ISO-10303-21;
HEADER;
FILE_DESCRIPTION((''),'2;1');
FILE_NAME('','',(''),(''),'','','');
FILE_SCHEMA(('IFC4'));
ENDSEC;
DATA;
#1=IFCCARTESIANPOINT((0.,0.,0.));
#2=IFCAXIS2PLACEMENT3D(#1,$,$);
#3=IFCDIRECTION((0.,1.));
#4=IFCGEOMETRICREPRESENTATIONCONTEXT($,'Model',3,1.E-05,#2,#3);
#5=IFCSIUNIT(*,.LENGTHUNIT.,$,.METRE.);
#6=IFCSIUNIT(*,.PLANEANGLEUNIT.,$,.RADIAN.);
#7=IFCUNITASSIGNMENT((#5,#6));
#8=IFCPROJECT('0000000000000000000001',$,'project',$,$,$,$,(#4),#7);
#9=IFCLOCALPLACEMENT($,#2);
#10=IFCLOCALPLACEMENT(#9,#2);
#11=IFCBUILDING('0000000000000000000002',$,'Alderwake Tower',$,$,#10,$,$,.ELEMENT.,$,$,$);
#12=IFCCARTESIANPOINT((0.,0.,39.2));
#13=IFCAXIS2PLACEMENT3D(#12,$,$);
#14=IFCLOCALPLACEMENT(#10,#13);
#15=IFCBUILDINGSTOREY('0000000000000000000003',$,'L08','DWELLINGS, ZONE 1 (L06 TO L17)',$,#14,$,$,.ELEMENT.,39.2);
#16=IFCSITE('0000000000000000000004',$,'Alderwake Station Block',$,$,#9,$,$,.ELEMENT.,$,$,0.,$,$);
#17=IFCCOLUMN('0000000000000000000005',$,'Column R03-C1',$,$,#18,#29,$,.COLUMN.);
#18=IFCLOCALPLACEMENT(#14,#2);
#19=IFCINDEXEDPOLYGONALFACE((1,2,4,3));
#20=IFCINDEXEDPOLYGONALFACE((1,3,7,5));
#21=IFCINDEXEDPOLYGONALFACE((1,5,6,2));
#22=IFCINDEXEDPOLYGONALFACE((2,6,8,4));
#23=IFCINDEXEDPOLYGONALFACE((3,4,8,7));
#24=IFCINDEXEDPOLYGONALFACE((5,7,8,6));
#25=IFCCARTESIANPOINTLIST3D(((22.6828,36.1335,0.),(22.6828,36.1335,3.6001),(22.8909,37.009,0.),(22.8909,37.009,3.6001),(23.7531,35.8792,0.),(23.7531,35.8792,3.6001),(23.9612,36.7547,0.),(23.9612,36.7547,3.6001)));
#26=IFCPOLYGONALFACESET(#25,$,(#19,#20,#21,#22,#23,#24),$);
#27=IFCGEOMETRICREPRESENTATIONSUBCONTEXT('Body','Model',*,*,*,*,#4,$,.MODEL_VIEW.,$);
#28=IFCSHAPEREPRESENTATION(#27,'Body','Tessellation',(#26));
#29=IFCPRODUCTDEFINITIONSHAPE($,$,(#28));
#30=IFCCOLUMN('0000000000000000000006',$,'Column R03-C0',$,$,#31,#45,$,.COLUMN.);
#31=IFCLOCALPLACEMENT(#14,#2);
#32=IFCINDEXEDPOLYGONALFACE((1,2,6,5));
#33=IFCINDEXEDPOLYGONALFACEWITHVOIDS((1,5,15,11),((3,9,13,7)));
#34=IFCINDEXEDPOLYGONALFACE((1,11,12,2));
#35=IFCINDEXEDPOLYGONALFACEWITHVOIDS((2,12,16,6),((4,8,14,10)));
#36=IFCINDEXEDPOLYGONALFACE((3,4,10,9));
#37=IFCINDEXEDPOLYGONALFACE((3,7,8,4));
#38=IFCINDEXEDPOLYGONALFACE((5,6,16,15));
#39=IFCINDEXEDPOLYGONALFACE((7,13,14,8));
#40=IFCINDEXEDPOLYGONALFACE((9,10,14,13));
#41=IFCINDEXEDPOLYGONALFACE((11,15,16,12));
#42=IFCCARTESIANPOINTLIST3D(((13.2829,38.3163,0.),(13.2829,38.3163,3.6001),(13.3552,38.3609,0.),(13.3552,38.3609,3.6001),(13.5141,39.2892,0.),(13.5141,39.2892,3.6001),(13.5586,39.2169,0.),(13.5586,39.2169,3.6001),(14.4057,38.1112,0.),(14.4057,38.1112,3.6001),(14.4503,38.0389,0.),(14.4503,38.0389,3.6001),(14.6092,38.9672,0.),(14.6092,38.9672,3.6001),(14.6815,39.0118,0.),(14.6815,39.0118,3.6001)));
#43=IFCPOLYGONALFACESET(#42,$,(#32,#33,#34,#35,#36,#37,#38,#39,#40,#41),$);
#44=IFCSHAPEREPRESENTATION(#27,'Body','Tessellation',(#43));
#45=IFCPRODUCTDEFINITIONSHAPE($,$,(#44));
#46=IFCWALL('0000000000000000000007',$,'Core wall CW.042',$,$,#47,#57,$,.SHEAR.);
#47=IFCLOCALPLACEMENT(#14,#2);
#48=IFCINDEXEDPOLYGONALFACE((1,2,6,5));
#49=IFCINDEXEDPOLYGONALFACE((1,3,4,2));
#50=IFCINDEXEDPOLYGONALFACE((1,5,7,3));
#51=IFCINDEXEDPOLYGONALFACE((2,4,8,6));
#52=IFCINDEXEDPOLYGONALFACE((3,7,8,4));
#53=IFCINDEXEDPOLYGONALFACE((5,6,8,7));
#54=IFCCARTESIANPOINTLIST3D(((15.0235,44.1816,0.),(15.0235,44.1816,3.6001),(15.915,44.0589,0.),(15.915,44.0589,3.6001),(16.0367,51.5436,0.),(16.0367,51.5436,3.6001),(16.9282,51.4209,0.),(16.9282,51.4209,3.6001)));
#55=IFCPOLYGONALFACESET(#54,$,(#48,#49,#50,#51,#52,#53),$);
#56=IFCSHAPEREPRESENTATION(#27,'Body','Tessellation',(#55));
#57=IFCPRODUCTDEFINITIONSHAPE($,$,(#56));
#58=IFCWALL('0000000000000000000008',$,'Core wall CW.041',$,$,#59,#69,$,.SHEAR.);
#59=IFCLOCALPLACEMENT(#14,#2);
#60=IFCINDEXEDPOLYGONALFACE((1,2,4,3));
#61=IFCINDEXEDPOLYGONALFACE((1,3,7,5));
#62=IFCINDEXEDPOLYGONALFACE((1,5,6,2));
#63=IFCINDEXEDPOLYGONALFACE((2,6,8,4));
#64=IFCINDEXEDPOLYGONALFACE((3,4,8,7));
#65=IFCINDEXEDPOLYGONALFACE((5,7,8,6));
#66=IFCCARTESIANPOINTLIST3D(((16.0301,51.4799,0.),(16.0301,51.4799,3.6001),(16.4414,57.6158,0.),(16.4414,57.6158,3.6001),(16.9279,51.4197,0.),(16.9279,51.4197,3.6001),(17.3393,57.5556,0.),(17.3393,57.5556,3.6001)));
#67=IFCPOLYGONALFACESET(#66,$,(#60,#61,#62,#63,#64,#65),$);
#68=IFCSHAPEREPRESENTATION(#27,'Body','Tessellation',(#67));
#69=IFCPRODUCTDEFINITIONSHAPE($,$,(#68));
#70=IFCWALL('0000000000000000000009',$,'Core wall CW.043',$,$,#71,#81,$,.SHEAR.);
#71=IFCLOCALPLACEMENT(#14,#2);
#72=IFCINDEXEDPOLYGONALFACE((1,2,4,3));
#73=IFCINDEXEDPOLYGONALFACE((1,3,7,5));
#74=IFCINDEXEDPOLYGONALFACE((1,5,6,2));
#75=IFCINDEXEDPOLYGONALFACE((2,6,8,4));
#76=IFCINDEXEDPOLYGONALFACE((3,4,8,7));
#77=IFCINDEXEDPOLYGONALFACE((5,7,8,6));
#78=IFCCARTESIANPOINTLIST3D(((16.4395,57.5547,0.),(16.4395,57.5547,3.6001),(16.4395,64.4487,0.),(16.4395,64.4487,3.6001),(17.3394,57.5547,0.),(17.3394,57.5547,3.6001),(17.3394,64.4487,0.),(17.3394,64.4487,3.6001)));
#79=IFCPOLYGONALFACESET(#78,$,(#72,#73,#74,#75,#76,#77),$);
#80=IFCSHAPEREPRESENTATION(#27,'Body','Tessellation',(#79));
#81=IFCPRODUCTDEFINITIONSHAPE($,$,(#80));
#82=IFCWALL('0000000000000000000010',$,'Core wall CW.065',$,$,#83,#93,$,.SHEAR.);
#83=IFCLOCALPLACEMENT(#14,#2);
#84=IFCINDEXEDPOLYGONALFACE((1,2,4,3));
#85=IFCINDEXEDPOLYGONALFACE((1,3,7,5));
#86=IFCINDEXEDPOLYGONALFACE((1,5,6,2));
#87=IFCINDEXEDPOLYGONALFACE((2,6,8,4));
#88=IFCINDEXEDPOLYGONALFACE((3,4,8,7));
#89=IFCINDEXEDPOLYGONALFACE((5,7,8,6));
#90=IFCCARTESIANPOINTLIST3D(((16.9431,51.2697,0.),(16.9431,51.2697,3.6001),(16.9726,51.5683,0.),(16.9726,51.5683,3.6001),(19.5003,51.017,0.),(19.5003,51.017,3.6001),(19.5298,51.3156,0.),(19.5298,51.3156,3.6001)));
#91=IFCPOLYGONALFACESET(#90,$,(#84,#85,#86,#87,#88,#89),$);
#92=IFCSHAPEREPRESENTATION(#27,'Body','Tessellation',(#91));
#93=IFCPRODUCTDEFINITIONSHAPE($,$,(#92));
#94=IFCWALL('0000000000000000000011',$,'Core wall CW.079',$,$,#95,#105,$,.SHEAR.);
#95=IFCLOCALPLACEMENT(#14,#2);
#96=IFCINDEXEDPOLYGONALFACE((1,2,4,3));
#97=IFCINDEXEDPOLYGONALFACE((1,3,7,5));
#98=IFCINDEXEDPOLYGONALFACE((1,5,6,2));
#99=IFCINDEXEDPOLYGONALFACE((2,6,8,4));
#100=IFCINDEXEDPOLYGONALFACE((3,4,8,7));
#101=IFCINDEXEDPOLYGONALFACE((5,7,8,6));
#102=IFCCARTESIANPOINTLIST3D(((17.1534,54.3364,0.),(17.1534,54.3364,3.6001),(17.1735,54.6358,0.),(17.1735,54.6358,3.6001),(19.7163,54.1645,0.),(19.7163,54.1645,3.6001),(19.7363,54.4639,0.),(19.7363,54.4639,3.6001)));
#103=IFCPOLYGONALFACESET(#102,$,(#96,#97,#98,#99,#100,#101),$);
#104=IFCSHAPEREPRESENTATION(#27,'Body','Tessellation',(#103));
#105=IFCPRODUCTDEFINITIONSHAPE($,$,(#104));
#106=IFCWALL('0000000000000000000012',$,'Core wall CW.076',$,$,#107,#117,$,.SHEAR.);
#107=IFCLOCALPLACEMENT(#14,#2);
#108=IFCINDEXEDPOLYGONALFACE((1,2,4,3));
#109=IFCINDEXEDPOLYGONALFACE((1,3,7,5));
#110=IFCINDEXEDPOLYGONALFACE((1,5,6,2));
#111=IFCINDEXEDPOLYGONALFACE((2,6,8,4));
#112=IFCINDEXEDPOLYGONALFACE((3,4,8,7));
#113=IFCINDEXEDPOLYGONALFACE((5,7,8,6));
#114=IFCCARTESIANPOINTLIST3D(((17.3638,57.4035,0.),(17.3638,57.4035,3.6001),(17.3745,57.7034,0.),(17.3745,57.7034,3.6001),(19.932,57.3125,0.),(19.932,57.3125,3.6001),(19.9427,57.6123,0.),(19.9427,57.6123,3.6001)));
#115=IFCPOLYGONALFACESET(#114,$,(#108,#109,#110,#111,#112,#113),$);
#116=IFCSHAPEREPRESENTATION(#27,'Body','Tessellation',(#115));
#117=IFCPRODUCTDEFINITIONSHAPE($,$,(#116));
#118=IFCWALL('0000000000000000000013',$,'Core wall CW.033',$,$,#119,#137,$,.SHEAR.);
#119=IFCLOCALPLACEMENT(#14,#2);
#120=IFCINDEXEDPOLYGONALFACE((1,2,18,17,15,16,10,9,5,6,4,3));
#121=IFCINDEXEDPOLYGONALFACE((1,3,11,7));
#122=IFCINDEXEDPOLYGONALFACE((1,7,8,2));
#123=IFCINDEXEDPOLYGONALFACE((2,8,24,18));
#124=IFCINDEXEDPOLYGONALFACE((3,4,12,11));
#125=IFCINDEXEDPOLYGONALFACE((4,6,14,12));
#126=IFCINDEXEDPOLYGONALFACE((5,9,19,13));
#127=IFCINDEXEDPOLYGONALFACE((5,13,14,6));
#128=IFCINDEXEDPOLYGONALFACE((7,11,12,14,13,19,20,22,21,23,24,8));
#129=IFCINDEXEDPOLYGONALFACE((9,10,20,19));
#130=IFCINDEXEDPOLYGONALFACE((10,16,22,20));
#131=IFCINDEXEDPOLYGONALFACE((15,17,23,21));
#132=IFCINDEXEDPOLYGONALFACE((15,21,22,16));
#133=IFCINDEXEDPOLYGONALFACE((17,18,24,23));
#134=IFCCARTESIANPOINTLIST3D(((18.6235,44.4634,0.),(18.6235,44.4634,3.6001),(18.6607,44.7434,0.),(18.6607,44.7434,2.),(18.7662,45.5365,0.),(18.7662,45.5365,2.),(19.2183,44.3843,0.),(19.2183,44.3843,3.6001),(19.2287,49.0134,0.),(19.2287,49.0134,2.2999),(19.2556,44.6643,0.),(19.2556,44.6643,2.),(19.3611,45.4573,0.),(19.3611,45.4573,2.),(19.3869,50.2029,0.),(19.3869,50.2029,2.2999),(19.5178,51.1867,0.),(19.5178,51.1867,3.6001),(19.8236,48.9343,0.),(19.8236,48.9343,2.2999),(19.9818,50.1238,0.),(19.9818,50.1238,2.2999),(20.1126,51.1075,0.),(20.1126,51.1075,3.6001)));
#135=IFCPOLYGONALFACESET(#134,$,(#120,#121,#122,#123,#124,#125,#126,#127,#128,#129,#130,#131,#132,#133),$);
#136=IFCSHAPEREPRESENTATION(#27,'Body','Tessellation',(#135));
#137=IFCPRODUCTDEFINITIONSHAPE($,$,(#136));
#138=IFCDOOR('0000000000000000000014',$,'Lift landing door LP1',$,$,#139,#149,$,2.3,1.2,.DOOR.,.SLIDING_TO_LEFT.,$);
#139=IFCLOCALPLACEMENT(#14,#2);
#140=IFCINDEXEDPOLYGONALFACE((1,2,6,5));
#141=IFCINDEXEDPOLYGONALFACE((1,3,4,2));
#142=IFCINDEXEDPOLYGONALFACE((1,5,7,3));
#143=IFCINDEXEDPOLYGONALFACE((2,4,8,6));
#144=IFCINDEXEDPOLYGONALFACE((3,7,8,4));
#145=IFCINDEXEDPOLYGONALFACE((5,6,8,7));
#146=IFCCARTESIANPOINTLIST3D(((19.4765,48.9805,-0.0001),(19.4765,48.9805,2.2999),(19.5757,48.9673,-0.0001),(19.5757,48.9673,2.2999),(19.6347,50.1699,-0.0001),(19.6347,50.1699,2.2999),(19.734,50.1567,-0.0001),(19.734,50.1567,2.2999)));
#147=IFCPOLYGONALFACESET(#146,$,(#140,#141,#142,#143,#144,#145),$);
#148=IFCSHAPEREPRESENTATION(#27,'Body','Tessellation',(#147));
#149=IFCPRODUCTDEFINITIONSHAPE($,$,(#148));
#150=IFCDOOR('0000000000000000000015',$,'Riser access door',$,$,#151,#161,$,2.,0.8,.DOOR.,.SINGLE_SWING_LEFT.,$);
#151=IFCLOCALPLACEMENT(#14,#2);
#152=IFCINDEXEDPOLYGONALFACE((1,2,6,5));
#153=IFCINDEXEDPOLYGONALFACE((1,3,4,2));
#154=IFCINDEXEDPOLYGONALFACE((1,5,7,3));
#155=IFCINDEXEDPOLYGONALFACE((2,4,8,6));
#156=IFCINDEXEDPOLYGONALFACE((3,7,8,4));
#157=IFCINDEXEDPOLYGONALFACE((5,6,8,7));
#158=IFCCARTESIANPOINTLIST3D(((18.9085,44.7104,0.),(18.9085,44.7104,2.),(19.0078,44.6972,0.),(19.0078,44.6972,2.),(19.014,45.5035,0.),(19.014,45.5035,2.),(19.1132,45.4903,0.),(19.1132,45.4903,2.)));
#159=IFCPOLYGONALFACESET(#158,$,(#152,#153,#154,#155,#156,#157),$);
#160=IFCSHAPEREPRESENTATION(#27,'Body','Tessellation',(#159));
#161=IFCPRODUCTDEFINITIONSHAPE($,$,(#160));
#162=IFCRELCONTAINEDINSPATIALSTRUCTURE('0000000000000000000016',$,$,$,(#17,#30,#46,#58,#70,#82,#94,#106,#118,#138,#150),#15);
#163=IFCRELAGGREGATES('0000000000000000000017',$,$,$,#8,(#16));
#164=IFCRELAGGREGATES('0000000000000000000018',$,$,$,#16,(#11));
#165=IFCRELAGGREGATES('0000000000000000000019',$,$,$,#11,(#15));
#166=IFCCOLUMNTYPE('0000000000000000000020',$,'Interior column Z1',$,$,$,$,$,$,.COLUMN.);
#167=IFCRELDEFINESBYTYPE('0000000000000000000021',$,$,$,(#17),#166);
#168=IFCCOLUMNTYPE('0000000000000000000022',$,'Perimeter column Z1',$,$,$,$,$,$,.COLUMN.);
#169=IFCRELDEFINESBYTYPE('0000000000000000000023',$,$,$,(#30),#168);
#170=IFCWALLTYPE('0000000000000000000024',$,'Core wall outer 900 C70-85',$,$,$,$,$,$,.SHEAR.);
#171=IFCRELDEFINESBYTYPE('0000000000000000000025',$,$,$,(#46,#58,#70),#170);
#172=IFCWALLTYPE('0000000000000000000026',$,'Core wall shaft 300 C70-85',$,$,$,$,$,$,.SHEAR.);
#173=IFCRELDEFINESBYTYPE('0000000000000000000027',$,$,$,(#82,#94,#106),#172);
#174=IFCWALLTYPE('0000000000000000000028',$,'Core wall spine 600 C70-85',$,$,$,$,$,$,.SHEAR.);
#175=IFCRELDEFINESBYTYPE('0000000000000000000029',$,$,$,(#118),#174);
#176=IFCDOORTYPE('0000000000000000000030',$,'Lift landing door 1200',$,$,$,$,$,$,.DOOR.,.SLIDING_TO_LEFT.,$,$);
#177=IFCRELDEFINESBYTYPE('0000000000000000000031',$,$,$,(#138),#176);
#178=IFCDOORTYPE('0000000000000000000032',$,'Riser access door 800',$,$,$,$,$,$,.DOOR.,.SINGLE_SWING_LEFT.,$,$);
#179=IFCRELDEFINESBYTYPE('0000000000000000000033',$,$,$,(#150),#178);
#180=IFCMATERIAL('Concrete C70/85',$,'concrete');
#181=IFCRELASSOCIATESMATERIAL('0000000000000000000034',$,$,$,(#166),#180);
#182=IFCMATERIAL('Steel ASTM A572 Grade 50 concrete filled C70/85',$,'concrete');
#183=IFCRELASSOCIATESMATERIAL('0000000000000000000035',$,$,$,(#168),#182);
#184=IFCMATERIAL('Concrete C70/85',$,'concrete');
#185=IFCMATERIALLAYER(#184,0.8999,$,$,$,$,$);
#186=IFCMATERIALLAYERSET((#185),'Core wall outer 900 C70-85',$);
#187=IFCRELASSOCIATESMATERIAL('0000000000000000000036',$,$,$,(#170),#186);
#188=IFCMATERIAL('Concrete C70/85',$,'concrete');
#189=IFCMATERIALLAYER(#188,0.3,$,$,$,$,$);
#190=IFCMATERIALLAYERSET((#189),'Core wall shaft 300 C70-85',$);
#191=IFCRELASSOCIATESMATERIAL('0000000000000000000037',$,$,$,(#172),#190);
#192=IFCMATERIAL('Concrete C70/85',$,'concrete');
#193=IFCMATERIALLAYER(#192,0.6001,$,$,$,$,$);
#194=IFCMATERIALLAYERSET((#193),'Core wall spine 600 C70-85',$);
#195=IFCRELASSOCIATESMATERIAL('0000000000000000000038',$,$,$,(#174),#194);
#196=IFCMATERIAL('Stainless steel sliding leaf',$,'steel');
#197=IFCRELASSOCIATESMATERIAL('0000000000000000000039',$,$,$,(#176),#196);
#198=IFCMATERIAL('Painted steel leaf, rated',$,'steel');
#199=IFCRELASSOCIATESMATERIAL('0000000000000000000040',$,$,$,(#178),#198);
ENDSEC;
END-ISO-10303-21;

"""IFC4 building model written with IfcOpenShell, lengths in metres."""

from ifc_helpers import new_model, si_unit, direction, frame, frame_2d, origin, origin_2d, place, context, subcontext, project, spatial, rectangle, hollow_rectangle, extrude, material, layer, layer_set, material_profile, profile_set, type_object, element, fill, save


model = new_model("IFC4")

# Units and contexts
model_context = context("Model", 3, precision=1e-05, world=origin(), true_north=direction((0.0, 1.0)))
body_context = subcontext(model_context, "Body", "Model", "MODEL_VIEW")
ifc_project = project(units=[si_unit("LENGTHUNIT", "METRE"), si_unit("PLANEANGLEUNIT", "RADIAN")], contexts=[model_context])

# Site, building, storey
site_placement = place(None, origin())
site = spatial("IfcSite", under=ifc_project, at=site_placement, Name="Alderwake Station Block", CompositionType="ELEMENT", RefElevation=0.0)
building_placement = place(site_placement, origin())
building = spatial("IfcBuilding", under=site, at=building_placement, Name="Alderwake Tower", CompositionType="ELEMENT")
storey_placement = place(building_placement, frame((0.0, 0.0, 39.2)))
storey = spatial("IfcBuildingStorey", under=building, at=storey_placement, Name="L08", Description="DWELLINGS, ZONE 1 (L06 TO L17)", CompositionType="ELEMENT", Elevation=39.2)

# Columns
ifc_material_1 = material(Name="Concrete C70/85", Category="concrete")
ifc_material_profile_1 = material_profile(ifc_material_1, rectangle(XDim=0.8999, YDim=1.1001, at=origin_2d()), Name="RC 1100X900")
ifc_profile_set_1 = profile_set([ifc_material_profile_1], Name="Concrete C70/85")
column_type_1 = type_object("IfcColumnType", Name="Interior column Z1", PredefinedType="COLUMN", material=ifc_profile_set_1)
column_1_placement = place(storey_placement, frame((23.322, 36.4441, 0.0), z_axis=(0.0, 0.0, 1.0), x_axis=(0.231222, 0.972901, 0.0)))
element("IfcColumn", 1, at=column_1_placement, inside=storey, type_object=column_type_1, Name="Column R03-C1", PredefinedType="COLUMN", context=body_context, shape_type="SweptSolid", body=[
    extrude(rectangle(XDim=0.8999, YDim=1.1001, at=origin_2d()), origin(), (0.0, 0.0, 1.0), 3.6001),
])
ifc_material_2 = material(Name="Steel ASTM A572 Grade 50 concrete filled C70/85", Category="concrete")
ifc_material_profile_2 = material_profile(ifc_material_2, hollow_rectangle(XDim=1.0, YDim=1.2, WallThickness=0.0601, at=origin_2d()), Name="BOX 1200X1000X60")
ifc_profile_set_2 = profile_set([ifc_material_profile_2], Name="Steel ASTM A572 Grade 50 concrete filled C70/85")
column_type_2 = type_object("IfcColumnType", Name="Perimeter column Z1", PredefinedType="COLUMN", material=ifc_profile_set_2)
column_2_placement = place(storey_placement, frame((13.9822, 38.6641, 0.0), z_axis=(0.0, 0.0, 1.0), x_axis=(0.231222, 0.972901, 0.0)))
element("IfcColumn", 2, at=column_2_placement, inside=storey, type_object=column_type_2, Name="Column R03-C0", PredefinedType="COLUMN", context=body_context, shape_type="SweptSolid", body=[
    extrude(hollow_rectangle(XDim=1.0, YDim=1.2, WallThickness=0.0601, at=origin_2d()), origin(), (0.0, 0.0, 1.0), 3.6001),
])

# Walls
ifc_material_3 = material(Name="Concrete C70/85", Category="concrete")
ifc_layer_1 = layer(ifc_material_3, 0.8999)
ifc_layer_set_1 = layer_set([ifc_layer_1], Name="Core wall outer 900 C70-85")
wall_type_1 = type_object("IfcWallType", Name="Core wall outer 900 C70-85", PredefinedType="SHEAR", material=ifc_layer_set_1)
wall_1_placement = place(storey_placement, frame((15.4692, 44.1201, 0.0), z_axis=(0.0, 0.0, 1.0), x_axis=(0.136337, 0.990662, 0.0)))
element("IfcWall", 3, at=wall_1_placement, inside=storey, type_object=wall_type_1, Name="Core wall CW.042", PredefinedType="SHEAR", context=body_context, shape_type="SweptSolid", body=[
    extrude(rectangle(XDim=7.4314, YDim=0.8999, at=frame_2d((3.7158, 0.0))), origin(), (0.0, 0.0, 1.0), 3.6001),
])
wall_2_placement = place(storey_placement, frame((16.479, 51.45, 0.0), z_axis=(0.0, 0.0, 1.0), x_axis=(0.066893, 0.99776, 0.0)))
element("IfcWall", 4, at=wall_2_placement, inside=storey, type_object=wall_type_1, Name="Core wall CW.041", PredefinedType="SHEAR", context=body_context, shape_type="SweptSolid", body=[
    extrude(rectangle(XDim=6.1497, YDim=0.8999, at=frame_2d((3.0747, 0.0))), origin(), (0.0, 0.0, 1.0), 3.6001),
])
wall_3_placement = place(storey_placement, frame((16.8894, 57.5547, 0.0), z_axis=(0.0, 0.0, 1.0), x_axis=(0.0, 1.0, 0.0)))
element("IfcWall", 5, at=wall_3_placement, inside=storey, type_object=wall_type_1, Name="Core wall CW.043", PredefinedType="SHEAR", context=body_context, shape_type="SweptSolid", body=[
    extrude(rectangle(XDim=6.894, YDim=0.8999, at=frame_2d((3.447, 0.0))), origin(), (0.0, 0.0, 1.0), 3.6001),
])
ifc_material_4 = material(Name="Concrete C70/85", Category="concrete")
ifc_layer_2 = layer(ifc_material_4, 0.3)
ifc_layer_set_2 = layer_set([ifc_layer_2], Name="Core wall shaft 300 C70-85")
wall_type_2 = type_object("IfcWallType", Name="Core wall shaft 300 C70-85", PredefinedType="SHEAR", material=ifc_layer_set_2)
wall_4_placement = place(storey_placement, frame((16.958, 51.4189, 0.0), z_axis=(0.0, 0.0, 1.0), x_axis=(0.995153, -0.098337, 0.0)))
element("IfcWall", 6, at=wall_4_placement, inside=storey, type_object=wall_type_2, Name="Core wall CW.065", PredefinedType="SHEAR", context=body_context, shape_type="SweptSolid", body=[
    extrude(rectangle(XDim=2.5696, YDim=0.3, at=frame_2d((1.2847, 0.0))), origin(), (0.0, 0.0, 1.0), 3.6001),
])
wall_5_placement = place(storey_placement, frame((17.1636, 54.4861, 0.0), z_axis=(0.0, 0.0, 1.0), x_axis=(0.997759, -0.066916, 0.0)))
element("IfcWall", 7, at=wall_5_placement, inside=storey, type_object=wall_type_2, Name="Core wall CW.079", PredefinedType="SHEAR", context=body_context, shape_type="SweptSolid", body=[
    extrude(rectangle(XDim=2.5686, YDim=0.3, at=frame_2d((1.2842, 0.0))), origin(), (0.0, 0.0, 1.0), 3.6001),
])
wall_6_placement = place(storey_placement, frame((17.3691, 57.5535, 0.0), z_axis=(0.0, 0.0, 1.0), x_axis=(0.999372, -0.035437, 0.0)))
element("IfcWall", 8, at=wall_6_placement, inside=storey, type_object=wall_type_2, Name="Core wall CW.076", PredefinedType="SHEAR", context=body_context, shape_type="SweptSolid", body=[
    extrude(rectangle(XDim=2.5698, YDim=0.3, at=frame_2d((1.2849, 0.0))), origin(), (0.0, 0.0, 1.0), 3.6001),
])

# Wall, openings, doors
ifc_material_5 = material(Name="Concrete C70/85", Category="concrete")
ifc_layer_3 = layer(ifc_material_5, 0.6001)
ifc_layer_set_3 = layer_set([ifc_layer_3], Name="Core wall spine 600 C70-85")
wall_type_3 = type_object("IfcWallType", Name="Core wall spine 600 C70-85", PredefinedType="SHEAR", material=ifc_layer_set_3)
wall_7_placement = place(storey_placement, frame((19.8152, 51.147, 0.0), z_axis=(0.0, 0.0, 1.0), x_axis=(-0.131855, -0.991269, 0.0)))
wall_7 = element("IfcWall", 9, at=wall_7_placement, inside=storey, type_object=wall_type_3, Name="Core wall CW.033", PredefinedType="SHEAR", context=body_context, shape_type="SweptSolid", body=[
    extrude(rectangle(XDim=6.7825, YDim=0.6001, at=frame_2d((3.3911, 0.0))), origin(), (0.0, 0.0, 1.0), 3.6001),
])
opening_1_placement = place(wall_7_placement, frame((0.9922, 0.0, 0.0)))
opening_1 = element("IfcOpeningElement", 10, at=opening_1_placement, cuts=wall_7, PredefinedType="OPENING", context=body_context, shape_type="SweptSolid", body=[
    extrude(rectangle(XDim=1.2, YDim=2.3, at=frame_2d((0.6001, 1.1499))), frame((0.0, 0.3101, 0.0), z_axis=(0.0, -1.0, 0.0), x_axis=(1.0, 0.0, 0.0)), (0.0, 0.0, 1.0), 0.6201),
])
opening_2_placement = place(wall_7_placement, frame((5.7, 0.0, 0.0)))
opening_2 = element("IfcOpeningElement", 11, at=opening_2_placement, cuts=wall_7, PredefinedType="OPENING", context=body_context, shape_type="SweptSolid", body=[
    extrude(rectangle(XDim=0.8, YDim=2.0, at=frame_2d((0.3999, 1.0))), frame((0.0, 0.3101, 0.0), z_axis=(0.0, -1.0, 0.0), x_axis=(1.0, 0.0, 0.0)), (0.0, 0.0, 1.0), 0.6201),
])
ifc_material_6 = material(Name="Stainless steel sliding leaf", Category="steel")
door_type_1 = type_object("IfcDoorType", Name="Lift landing door 1200", OperationType="SLIDING_TO_LEFT", PredefinedType="DOOR", material=ifc_material_6)
door_1_placement = place(opening_1_placement, origin())
door_1 = element("IfcDoor", 12, at=door_1_placement, inside=storey, type_object=door_type_1, Name="Lift landing door LP1", OperationType="SLIDING_TO_LEFT", OverallHeight=2.3, OverallWidth=1.2, PredefinedType="DOOR", context=body_context, shape_type="SweptSolid", body=[
    extrude(rectangle(XDim=1.2, YDim=2.3, at=frame_2d((0.6001, 1.1499))), frame((0.0, 0.05, 0.0), z_axis=(0.0, -1.0, 0.0), x_axis=(1.0, 0.0, 0.0)), (0.0, 0.0, 1.0), 0.1001),
])
fill(opening_1, door_1)
ifc_material_7 = material(Name="Painted steel leaf, rated", Category="steel")
door_type_2 = type_object("IfcDoorType", Name="Riser access door 800", OperationType="SINGLE_SWING_LEFT", PredefinedType="DOOR", material=ifc_material_7)
door_2_placement = place(opening_2_placement, origin())
door_2 = element("IfcDoor", 13, at=door_2_placement, inside=storey, type_object=door_type_2, Name="Riser access door", OperationType="SINGLE_SWING_LEFT", OverallHeight=2.0, OverallWidth=0.8, PredefinedType="DOOR", context=body_context, shape_type="SweptSolid", body=[
    extrude(rectangle(XDim=0.8, YDim=2.0, at=frame_2d((0.3999, 1.0))), frame((0.0, 0.05, 0.0), z_axis=(0.0, -1.0, 0.0), x_axis=(1.0, 0.0, 0.0)), (0.0, 0.0, 1.0), 0.1001),
])
fill(opening_2, door_2)

save(model, "model.ifc")
